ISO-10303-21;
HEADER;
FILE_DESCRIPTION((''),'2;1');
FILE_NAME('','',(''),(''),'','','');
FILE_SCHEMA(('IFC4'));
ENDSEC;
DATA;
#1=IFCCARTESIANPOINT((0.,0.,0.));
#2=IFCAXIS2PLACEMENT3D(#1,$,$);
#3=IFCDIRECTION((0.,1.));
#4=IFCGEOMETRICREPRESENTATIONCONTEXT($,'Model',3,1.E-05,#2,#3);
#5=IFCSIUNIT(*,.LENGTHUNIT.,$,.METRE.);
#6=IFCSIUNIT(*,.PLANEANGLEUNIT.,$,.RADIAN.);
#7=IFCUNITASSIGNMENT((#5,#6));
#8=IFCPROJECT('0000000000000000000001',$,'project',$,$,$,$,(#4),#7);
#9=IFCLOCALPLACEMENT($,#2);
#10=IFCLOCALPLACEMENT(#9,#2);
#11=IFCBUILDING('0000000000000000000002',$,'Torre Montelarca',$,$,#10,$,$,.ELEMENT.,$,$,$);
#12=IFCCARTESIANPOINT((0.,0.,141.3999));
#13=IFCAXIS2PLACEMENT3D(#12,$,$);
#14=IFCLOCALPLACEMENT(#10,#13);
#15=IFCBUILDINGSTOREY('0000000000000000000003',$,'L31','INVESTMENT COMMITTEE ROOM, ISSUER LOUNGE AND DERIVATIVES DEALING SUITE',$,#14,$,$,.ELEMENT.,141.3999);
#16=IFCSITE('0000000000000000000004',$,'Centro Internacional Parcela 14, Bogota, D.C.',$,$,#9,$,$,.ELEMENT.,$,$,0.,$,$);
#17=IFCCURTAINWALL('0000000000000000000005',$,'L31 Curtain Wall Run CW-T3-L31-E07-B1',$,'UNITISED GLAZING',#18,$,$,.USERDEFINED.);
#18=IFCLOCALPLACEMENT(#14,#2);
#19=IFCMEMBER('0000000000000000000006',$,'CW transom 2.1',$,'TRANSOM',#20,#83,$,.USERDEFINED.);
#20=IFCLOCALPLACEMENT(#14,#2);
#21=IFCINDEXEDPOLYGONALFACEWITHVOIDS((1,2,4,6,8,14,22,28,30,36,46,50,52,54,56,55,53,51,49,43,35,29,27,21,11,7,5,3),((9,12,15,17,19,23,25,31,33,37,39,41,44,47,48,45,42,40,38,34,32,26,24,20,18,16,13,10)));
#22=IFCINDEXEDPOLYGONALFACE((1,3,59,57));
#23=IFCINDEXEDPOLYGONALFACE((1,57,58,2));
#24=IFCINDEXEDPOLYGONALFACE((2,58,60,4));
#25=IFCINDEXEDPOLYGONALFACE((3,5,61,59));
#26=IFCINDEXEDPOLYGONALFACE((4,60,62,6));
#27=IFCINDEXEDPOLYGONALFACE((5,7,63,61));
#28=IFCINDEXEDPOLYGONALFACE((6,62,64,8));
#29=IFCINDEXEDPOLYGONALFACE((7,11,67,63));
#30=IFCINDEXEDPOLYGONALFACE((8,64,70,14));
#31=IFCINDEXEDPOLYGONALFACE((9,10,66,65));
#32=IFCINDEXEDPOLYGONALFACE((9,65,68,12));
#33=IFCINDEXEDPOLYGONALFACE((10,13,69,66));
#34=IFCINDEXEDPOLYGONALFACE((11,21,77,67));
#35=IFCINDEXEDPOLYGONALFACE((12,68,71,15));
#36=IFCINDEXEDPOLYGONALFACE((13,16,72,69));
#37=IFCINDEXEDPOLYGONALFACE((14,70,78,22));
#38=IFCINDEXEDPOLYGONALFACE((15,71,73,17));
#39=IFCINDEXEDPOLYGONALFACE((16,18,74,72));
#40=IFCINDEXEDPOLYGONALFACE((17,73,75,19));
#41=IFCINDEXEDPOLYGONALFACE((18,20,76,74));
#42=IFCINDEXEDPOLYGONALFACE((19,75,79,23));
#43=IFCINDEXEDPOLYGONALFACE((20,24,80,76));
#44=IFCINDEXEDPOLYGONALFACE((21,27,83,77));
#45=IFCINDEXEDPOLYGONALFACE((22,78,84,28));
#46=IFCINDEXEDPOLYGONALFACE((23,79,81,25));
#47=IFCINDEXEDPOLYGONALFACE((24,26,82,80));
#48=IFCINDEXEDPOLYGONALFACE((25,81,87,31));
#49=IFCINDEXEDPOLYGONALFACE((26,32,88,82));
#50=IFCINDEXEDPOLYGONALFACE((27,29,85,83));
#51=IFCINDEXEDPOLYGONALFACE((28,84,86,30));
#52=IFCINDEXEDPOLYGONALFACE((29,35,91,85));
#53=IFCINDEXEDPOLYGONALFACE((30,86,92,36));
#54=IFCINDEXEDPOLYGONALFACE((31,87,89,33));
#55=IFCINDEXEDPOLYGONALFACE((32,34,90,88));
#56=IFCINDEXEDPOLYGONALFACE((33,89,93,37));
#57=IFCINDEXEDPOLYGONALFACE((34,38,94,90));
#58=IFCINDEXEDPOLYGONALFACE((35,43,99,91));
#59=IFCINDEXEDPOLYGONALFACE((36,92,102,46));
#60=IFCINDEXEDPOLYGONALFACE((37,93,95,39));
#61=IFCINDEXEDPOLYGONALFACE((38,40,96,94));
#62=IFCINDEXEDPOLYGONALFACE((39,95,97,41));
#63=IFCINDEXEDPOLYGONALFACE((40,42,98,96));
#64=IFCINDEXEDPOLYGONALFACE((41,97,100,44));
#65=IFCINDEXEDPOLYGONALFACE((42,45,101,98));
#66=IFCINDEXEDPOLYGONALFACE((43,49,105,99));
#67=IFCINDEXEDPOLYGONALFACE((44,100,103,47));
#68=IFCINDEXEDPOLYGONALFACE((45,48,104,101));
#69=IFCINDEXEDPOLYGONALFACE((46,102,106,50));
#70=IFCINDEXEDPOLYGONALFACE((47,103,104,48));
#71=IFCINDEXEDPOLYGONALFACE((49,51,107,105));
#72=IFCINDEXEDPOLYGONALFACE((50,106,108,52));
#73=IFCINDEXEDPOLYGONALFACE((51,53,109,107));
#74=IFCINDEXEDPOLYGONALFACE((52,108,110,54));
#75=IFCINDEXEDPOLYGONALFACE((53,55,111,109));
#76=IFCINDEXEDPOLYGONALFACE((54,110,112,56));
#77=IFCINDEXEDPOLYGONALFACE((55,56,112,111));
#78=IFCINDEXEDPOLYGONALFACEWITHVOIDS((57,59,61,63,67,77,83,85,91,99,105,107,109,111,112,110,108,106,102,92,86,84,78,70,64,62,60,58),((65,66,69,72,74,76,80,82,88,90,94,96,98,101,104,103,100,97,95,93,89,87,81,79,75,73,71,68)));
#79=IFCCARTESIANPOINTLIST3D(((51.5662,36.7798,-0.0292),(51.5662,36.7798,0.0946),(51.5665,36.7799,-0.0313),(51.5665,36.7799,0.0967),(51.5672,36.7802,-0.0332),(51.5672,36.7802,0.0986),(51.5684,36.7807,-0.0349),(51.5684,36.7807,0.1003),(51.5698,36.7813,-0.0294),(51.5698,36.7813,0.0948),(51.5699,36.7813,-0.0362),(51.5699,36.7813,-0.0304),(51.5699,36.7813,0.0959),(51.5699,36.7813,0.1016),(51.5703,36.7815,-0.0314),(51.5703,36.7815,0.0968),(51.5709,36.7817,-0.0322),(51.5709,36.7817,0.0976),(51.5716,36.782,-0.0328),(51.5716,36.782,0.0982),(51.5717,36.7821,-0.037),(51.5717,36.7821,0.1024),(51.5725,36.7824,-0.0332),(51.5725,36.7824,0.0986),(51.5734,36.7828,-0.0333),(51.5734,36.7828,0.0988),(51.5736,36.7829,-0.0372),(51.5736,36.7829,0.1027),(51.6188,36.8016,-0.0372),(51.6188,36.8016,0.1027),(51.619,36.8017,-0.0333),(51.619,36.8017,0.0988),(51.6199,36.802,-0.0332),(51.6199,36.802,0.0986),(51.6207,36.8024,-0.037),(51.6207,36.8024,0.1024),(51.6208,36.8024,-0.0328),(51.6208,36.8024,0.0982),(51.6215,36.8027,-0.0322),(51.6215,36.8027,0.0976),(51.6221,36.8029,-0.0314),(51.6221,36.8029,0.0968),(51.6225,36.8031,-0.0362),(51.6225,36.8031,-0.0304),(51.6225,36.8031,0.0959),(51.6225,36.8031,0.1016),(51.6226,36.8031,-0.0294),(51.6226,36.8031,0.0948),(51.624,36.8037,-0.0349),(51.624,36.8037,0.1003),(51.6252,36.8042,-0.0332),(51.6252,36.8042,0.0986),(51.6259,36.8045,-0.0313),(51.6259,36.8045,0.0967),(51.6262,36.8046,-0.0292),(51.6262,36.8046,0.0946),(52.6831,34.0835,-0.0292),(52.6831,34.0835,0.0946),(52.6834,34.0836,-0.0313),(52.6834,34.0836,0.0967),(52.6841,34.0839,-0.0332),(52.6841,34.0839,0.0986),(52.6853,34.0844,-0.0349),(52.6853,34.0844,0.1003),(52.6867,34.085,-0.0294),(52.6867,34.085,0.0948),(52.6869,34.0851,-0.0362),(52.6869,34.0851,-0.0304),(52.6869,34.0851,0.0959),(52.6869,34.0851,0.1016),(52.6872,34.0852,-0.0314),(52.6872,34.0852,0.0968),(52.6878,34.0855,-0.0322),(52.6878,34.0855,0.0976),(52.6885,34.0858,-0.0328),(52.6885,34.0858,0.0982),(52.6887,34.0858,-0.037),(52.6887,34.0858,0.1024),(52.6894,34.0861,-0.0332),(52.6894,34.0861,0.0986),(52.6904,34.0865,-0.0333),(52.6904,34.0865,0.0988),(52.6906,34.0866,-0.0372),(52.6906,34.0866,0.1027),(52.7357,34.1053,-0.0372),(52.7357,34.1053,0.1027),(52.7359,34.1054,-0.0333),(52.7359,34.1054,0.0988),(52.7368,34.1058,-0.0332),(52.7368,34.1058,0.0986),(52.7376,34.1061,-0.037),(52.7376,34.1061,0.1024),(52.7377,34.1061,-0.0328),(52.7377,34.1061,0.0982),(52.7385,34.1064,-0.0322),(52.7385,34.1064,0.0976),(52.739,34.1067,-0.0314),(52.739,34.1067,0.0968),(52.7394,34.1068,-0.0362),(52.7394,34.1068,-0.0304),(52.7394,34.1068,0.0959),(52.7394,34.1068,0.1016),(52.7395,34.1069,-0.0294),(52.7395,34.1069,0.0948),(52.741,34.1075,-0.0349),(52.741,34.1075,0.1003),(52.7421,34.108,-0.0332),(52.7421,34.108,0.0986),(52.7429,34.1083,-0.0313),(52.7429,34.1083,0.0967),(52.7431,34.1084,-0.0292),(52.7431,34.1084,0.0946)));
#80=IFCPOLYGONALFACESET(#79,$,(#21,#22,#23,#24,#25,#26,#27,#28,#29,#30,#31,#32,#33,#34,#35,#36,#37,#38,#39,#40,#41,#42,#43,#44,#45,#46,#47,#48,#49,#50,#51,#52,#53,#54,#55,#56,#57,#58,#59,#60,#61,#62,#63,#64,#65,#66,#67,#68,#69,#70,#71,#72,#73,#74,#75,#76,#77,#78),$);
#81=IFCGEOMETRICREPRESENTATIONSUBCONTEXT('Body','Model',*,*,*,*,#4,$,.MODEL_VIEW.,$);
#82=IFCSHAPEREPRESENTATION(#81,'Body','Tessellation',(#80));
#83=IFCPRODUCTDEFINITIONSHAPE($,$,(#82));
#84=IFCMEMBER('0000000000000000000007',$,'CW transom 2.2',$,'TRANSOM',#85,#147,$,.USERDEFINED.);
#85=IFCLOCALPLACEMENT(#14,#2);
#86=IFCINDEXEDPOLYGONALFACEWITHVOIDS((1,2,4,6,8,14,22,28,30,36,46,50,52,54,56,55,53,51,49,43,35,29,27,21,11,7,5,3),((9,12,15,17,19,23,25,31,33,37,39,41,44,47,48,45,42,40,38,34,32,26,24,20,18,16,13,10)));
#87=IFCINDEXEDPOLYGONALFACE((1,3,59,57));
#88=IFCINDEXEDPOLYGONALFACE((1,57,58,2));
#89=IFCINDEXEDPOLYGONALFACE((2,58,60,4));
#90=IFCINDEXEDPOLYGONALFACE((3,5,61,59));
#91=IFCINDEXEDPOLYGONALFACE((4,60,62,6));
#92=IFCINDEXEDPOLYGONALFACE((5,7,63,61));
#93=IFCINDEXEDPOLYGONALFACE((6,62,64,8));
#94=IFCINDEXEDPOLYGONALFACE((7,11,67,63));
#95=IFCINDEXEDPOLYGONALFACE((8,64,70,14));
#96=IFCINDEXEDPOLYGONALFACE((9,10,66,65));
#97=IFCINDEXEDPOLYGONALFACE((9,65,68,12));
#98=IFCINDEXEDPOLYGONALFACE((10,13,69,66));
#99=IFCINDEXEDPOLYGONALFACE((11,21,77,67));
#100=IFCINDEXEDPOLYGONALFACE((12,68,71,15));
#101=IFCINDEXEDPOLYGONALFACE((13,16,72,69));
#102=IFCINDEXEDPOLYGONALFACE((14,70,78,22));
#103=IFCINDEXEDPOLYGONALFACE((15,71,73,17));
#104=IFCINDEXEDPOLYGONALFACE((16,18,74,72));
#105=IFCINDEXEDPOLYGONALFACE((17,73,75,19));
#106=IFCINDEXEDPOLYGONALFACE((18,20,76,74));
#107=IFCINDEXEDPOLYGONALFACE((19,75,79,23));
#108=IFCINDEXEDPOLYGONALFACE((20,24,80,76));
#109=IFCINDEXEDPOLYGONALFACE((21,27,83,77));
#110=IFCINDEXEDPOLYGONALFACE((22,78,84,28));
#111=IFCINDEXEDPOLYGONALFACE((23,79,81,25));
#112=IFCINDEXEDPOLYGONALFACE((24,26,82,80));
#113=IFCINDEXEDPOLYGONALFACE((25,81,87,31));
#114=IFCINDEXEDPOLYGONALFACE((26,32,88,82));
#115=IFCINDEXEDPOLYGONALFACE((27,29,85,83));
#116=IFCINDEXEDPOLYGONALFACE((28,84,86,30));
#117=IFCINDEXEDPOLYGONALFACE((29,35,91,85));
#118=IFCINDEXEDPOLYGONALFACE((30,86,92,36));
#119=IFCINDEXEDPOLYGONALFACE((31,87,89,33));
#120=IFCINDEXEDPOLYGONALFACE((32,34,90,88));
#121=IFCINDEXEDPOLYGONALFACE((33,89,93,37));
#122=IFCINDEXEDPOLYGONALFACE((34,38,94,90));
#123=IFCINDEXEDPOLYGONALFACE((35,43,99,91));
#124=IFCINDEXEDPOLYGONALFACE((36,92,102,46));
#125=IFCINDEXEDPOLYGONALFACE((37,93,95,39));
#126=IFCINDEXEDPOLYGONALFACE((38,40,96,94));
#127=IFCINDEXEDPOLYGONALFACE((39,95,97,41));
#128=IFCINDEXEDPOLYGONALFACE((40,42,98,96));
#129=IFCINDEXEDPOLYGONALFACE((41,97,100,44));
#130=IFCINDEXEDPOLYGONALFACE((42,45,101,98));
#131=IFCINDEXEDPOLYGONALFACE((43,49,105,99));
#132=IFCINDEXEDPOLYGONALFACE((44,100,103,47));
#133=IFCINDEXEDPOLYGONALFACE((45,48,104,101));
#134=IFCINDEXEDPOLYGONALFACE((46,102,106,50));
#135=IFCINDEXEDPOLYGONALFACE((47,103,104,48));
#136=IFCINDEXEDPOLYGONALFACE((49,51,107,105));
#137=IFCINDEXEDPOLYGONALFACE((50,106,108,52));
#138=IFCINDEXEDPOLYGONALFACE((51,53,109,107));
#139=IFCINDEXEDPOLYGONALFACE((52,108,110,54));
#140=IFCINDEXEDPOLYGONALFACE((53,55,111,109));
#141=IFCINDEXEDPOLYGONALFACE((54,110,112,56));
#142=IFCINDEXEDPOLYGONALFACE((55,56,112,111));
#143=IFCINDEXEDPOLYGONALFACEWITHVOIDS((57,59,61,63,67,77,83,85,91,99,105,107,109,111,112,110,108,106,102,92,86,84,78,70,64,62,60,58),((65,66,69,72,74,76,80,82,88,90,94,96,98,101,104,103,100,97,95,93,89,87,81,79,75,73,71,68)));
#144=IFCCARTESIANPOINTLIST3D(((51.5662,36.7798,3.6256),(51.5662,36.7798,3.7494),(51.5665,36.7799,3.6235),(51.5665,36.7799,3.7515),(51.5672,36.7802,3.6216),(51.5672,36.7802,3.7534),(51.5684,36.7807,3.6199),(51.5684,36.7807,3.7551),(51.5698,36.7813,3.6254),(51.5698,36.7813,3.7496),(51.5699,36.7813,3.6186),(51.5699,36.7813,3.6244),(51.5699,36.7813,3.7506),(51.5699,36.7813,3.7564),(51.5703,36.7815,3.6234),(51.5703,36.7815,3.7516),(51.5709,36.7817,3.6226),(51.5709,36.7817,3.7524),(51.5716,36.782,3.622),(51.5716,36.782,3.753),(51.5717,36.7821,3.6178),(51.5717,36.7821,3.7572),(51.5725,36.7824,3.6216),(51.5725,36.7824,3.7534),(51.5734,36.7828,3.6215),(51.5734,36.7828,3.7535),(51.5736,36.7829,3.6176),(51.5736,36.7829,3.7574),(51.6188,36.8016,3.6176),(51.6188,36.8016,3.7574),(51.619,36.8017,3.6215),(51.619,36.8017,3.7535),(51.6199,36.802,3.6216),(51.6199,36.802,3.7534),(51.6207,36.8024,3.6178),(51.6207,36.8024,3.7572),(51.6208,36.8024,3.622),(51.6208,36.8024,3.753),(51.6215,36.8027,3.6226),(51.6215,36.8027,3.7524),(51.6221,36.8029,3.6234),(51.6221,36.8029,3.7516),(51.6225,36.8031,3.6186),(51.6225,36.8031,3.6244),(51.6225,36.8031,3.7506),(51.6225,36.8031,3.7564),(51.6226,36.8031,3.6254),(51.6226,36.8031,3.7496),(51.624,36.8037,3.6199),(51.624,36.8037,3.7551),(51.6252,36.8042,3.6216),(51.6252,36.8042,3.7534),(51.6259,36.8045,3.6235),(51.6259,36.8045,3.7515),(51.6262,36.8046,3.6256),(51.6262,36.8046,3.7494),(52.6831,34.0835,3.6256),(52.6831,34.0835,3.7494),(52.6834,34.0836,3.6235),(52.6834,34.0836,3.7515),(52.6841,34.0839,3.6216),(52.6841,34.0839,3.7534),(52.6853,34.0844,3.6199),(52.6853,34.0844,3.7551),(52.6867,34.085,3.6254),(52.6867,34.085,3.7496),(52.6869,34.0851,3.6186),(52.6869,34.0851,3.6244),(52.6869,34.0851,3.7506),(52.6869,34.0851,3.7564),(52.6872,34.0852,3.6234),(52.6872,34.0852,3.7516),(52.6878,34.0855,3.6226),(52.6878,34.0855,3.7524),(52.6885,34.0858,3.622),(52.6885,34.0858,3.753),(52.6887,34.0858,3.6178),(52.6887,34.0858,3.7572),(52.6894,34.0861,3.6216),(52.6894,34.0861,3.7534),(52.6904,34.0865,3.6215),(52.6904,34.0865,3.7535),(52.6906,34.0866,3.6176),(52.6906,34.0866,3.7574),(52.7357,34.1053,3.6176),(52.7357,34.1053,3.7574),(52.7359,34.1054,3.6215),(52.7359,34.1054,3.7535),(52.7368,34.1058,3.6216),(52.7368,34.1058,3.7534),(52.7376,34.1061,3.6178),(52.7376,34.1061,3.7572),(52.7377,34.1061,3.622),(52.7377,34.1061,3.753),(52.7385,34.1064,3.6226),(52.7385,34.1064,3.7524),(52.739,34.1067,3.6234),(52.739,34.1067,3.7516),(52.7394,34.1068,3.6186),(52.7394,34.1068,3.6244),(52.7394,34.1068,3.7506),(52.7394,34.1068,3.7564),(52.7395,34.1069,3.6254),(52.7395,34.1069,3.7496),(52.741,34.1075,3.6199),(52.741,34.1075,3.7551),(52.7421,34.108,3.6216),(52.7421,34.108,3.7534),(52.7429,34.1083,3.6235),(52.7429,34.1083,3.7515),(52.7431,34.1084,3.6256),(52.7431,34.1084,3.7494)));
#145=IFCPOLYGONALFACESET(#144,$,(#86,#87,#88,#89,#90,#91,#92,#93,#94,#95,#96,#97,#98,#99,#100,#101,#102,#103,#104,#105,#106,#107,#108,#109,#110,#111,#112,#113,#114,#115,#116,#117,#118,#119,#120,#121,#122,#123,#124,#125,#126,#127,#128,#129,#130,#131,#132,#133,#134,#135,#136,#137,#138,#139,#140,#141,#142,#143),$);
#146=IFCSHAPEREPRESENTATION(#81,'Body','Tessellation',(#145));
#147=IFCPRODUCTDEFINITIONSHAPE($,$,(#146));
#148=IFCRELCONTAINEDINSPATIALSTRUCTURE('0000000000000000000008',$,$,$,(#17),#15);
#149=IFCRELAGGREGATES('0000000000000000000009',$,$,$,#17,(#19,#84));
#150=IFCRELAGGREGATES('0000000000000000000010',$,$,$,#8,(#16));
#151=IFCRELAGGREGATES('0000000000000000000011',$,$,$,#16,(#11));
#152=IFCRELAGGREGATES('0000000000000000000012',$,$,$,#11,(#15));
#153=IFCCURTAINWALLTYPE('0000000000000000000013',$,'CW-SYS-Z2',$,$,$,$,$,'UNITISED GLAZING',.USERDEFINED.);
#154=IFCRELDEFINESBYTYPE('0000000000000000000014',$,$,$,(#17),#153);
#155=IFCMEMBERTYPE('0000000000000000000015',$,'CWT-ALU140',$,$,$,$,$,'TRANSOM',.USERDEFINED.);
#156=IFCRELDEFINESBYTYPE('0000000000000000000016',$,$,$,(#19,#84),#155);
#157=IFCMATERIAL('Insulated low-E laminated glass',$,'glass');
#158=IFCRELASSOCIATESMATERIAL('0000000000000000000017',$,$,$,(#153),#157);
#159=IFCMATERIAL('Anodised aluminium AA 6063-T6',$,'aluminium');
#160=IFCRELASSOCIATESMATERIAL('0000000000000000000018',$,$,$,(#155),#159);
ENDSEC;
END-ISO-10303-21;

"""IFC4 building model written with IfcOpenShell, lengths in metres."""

from ifc_helpers import new_model, si_unit, direction, frame, origin, origin_2d, place, context, subcontext, project, spatial, hollow_rectangle, extrude, source, transform, mapped, material, material_profile, profile_set, type_object, element, aggregate, save


model = new_model("IFC4")

# Units and contexts
model_context = context("Model", 3, precision=1e-05, world=origin(), true_north=direction((0.0, 1.0)))
body_context = subcontext(model_context, "Body", "Model", "MODEL_VIEW")
ifc_project = project(units=[si_unit("LENGTHUNIT", "METRE"), si_unit("PLANEANGLEUNIT", "RADIAN")], contexts=[model_context])

# Site, building, storey
site_placement = place(None, origin())
site = spatial("IfcSite", under=ifc_project, at=site_placement, Name="Centro Internacional Parcela 14, Bogota, D.C.", CompositionType="ELEMENT", RefElevation=0.0)
building_placement = place(site_placement, origin())
building = spatial("IfcBuilding", under=site, at=building_placement, Name="Torre Montelarca", CompositionType="ELEMENT")
storey_placement = place(building_placement, frame((0.0, 0.0, 141.3999)))
storey = spatial("IfcBuildingStorey", under=building, at=storey_placement, Name="L31", Description="INVESTMENT COMMITTEE ROOM, ISSUER LOUNGE AND DERIVATIVES DEALING SUITE", CompositionType="ELEMENT", Elevation=141.3999)

# Curtain wall, members
ifc_material_1 = material(Name="Insulated low-E laminated glass", Category="glass")
curtain_wall_type = type_object("IfcCurtainWallType", Name="CW-SYS-Z2", ElementType="UNITISED GLAZING", PredefinedType="USERDEFINED", material=ifc_material_1)
curtain_wall_1_placement = place(storey_placement, origin())
curtain_wall_1 = element("IfcCurtainWall", 1, at=curtain_wall_1_placement, inside=storey, type_object=curtain_wall_type, Name="L31 Curtain Wall Run CW-T3-L31-E07-B1", ObjectType="UNITISED GLAZING", PredefinedType="USERDEFINED")
ifc_material_2 = material(Name="Anodised aluminium AA 6063-T6", Category="aluminium")
ifc_material_profile_1 = material_profile(ifc_material_2, hollow_rectangle(XDim=0.0649, YDim=0.1399, WallThickness=0.0039, InnerFilletRadius=0.0039, OuterFilletRadius=0.0081, at=origin_2d()), Name="ALU65X140X4", Category="aluminium")
ifc_profile_set_1 = profile_set([ifc_material_profile_1], Name="Anodised aluminium AA 6063-T6")
member_type_1 = type_object("IfcMemberType", Name="CWT-ALU140", ElementType="TRANSOM", PredefinedType="USERDEFINED", material=ifc_profile_set_1)
shared_shape_1 = source(origin(), body_context, "Body", "SweptSolid", [
    extrude(hollow_rectangle(XDim=0.0649, YDim=0.1399, WallThickness=0.0039, InnerFilletRadius=0.0039, OuterFilletRadius=0.0081, at=origin_2d()), origin(), (0.0, 0.0, 1.0), 2.9185),
])
member_1_placement = place(storey_placement, frame((52.7131, 34.0959, 0.0327), z_axis=(-0.382714, 0.923867, 0.0), x_axis=(-0.923867, -0.382714, 0.0)))
member_1 = element("IfcMember", 2, at=member_1_placement, type_object=member_type_1, Name="CW transom 2.1", ObjectType="TRANSOM", PredefinedType="USERDEFINED", context=body_context, shape_type="MappedRepresentation", body=[
    mapped(shared_shape_1, transform((0.0, 0.0, 0.0), scale=1.0)),
])
member_2_placement = place(storey_placement, frame((52.7131, 34.0959, 3.6875), z_axis=(-0.382714, 0.923867, 0.0), x_axis=(-0.923867, -0.382714, 0.0)))
member_2 = element("IfcMember", 3, at=member_2_placement, type_object=member_type_1, Name="CW transom 2.2", ObjectType="TRANSOM", PredefinedType="USERDEFINED", context=body_context, shape_type="MappedRepresentation", body=[
    mapped(shared_shape_1, transform((0.0, 0.0, 0.0), scale=1.0)),
])

aggregate(curtain_wall_1, [member_1, member_2])

save(model, "model.ifc")
